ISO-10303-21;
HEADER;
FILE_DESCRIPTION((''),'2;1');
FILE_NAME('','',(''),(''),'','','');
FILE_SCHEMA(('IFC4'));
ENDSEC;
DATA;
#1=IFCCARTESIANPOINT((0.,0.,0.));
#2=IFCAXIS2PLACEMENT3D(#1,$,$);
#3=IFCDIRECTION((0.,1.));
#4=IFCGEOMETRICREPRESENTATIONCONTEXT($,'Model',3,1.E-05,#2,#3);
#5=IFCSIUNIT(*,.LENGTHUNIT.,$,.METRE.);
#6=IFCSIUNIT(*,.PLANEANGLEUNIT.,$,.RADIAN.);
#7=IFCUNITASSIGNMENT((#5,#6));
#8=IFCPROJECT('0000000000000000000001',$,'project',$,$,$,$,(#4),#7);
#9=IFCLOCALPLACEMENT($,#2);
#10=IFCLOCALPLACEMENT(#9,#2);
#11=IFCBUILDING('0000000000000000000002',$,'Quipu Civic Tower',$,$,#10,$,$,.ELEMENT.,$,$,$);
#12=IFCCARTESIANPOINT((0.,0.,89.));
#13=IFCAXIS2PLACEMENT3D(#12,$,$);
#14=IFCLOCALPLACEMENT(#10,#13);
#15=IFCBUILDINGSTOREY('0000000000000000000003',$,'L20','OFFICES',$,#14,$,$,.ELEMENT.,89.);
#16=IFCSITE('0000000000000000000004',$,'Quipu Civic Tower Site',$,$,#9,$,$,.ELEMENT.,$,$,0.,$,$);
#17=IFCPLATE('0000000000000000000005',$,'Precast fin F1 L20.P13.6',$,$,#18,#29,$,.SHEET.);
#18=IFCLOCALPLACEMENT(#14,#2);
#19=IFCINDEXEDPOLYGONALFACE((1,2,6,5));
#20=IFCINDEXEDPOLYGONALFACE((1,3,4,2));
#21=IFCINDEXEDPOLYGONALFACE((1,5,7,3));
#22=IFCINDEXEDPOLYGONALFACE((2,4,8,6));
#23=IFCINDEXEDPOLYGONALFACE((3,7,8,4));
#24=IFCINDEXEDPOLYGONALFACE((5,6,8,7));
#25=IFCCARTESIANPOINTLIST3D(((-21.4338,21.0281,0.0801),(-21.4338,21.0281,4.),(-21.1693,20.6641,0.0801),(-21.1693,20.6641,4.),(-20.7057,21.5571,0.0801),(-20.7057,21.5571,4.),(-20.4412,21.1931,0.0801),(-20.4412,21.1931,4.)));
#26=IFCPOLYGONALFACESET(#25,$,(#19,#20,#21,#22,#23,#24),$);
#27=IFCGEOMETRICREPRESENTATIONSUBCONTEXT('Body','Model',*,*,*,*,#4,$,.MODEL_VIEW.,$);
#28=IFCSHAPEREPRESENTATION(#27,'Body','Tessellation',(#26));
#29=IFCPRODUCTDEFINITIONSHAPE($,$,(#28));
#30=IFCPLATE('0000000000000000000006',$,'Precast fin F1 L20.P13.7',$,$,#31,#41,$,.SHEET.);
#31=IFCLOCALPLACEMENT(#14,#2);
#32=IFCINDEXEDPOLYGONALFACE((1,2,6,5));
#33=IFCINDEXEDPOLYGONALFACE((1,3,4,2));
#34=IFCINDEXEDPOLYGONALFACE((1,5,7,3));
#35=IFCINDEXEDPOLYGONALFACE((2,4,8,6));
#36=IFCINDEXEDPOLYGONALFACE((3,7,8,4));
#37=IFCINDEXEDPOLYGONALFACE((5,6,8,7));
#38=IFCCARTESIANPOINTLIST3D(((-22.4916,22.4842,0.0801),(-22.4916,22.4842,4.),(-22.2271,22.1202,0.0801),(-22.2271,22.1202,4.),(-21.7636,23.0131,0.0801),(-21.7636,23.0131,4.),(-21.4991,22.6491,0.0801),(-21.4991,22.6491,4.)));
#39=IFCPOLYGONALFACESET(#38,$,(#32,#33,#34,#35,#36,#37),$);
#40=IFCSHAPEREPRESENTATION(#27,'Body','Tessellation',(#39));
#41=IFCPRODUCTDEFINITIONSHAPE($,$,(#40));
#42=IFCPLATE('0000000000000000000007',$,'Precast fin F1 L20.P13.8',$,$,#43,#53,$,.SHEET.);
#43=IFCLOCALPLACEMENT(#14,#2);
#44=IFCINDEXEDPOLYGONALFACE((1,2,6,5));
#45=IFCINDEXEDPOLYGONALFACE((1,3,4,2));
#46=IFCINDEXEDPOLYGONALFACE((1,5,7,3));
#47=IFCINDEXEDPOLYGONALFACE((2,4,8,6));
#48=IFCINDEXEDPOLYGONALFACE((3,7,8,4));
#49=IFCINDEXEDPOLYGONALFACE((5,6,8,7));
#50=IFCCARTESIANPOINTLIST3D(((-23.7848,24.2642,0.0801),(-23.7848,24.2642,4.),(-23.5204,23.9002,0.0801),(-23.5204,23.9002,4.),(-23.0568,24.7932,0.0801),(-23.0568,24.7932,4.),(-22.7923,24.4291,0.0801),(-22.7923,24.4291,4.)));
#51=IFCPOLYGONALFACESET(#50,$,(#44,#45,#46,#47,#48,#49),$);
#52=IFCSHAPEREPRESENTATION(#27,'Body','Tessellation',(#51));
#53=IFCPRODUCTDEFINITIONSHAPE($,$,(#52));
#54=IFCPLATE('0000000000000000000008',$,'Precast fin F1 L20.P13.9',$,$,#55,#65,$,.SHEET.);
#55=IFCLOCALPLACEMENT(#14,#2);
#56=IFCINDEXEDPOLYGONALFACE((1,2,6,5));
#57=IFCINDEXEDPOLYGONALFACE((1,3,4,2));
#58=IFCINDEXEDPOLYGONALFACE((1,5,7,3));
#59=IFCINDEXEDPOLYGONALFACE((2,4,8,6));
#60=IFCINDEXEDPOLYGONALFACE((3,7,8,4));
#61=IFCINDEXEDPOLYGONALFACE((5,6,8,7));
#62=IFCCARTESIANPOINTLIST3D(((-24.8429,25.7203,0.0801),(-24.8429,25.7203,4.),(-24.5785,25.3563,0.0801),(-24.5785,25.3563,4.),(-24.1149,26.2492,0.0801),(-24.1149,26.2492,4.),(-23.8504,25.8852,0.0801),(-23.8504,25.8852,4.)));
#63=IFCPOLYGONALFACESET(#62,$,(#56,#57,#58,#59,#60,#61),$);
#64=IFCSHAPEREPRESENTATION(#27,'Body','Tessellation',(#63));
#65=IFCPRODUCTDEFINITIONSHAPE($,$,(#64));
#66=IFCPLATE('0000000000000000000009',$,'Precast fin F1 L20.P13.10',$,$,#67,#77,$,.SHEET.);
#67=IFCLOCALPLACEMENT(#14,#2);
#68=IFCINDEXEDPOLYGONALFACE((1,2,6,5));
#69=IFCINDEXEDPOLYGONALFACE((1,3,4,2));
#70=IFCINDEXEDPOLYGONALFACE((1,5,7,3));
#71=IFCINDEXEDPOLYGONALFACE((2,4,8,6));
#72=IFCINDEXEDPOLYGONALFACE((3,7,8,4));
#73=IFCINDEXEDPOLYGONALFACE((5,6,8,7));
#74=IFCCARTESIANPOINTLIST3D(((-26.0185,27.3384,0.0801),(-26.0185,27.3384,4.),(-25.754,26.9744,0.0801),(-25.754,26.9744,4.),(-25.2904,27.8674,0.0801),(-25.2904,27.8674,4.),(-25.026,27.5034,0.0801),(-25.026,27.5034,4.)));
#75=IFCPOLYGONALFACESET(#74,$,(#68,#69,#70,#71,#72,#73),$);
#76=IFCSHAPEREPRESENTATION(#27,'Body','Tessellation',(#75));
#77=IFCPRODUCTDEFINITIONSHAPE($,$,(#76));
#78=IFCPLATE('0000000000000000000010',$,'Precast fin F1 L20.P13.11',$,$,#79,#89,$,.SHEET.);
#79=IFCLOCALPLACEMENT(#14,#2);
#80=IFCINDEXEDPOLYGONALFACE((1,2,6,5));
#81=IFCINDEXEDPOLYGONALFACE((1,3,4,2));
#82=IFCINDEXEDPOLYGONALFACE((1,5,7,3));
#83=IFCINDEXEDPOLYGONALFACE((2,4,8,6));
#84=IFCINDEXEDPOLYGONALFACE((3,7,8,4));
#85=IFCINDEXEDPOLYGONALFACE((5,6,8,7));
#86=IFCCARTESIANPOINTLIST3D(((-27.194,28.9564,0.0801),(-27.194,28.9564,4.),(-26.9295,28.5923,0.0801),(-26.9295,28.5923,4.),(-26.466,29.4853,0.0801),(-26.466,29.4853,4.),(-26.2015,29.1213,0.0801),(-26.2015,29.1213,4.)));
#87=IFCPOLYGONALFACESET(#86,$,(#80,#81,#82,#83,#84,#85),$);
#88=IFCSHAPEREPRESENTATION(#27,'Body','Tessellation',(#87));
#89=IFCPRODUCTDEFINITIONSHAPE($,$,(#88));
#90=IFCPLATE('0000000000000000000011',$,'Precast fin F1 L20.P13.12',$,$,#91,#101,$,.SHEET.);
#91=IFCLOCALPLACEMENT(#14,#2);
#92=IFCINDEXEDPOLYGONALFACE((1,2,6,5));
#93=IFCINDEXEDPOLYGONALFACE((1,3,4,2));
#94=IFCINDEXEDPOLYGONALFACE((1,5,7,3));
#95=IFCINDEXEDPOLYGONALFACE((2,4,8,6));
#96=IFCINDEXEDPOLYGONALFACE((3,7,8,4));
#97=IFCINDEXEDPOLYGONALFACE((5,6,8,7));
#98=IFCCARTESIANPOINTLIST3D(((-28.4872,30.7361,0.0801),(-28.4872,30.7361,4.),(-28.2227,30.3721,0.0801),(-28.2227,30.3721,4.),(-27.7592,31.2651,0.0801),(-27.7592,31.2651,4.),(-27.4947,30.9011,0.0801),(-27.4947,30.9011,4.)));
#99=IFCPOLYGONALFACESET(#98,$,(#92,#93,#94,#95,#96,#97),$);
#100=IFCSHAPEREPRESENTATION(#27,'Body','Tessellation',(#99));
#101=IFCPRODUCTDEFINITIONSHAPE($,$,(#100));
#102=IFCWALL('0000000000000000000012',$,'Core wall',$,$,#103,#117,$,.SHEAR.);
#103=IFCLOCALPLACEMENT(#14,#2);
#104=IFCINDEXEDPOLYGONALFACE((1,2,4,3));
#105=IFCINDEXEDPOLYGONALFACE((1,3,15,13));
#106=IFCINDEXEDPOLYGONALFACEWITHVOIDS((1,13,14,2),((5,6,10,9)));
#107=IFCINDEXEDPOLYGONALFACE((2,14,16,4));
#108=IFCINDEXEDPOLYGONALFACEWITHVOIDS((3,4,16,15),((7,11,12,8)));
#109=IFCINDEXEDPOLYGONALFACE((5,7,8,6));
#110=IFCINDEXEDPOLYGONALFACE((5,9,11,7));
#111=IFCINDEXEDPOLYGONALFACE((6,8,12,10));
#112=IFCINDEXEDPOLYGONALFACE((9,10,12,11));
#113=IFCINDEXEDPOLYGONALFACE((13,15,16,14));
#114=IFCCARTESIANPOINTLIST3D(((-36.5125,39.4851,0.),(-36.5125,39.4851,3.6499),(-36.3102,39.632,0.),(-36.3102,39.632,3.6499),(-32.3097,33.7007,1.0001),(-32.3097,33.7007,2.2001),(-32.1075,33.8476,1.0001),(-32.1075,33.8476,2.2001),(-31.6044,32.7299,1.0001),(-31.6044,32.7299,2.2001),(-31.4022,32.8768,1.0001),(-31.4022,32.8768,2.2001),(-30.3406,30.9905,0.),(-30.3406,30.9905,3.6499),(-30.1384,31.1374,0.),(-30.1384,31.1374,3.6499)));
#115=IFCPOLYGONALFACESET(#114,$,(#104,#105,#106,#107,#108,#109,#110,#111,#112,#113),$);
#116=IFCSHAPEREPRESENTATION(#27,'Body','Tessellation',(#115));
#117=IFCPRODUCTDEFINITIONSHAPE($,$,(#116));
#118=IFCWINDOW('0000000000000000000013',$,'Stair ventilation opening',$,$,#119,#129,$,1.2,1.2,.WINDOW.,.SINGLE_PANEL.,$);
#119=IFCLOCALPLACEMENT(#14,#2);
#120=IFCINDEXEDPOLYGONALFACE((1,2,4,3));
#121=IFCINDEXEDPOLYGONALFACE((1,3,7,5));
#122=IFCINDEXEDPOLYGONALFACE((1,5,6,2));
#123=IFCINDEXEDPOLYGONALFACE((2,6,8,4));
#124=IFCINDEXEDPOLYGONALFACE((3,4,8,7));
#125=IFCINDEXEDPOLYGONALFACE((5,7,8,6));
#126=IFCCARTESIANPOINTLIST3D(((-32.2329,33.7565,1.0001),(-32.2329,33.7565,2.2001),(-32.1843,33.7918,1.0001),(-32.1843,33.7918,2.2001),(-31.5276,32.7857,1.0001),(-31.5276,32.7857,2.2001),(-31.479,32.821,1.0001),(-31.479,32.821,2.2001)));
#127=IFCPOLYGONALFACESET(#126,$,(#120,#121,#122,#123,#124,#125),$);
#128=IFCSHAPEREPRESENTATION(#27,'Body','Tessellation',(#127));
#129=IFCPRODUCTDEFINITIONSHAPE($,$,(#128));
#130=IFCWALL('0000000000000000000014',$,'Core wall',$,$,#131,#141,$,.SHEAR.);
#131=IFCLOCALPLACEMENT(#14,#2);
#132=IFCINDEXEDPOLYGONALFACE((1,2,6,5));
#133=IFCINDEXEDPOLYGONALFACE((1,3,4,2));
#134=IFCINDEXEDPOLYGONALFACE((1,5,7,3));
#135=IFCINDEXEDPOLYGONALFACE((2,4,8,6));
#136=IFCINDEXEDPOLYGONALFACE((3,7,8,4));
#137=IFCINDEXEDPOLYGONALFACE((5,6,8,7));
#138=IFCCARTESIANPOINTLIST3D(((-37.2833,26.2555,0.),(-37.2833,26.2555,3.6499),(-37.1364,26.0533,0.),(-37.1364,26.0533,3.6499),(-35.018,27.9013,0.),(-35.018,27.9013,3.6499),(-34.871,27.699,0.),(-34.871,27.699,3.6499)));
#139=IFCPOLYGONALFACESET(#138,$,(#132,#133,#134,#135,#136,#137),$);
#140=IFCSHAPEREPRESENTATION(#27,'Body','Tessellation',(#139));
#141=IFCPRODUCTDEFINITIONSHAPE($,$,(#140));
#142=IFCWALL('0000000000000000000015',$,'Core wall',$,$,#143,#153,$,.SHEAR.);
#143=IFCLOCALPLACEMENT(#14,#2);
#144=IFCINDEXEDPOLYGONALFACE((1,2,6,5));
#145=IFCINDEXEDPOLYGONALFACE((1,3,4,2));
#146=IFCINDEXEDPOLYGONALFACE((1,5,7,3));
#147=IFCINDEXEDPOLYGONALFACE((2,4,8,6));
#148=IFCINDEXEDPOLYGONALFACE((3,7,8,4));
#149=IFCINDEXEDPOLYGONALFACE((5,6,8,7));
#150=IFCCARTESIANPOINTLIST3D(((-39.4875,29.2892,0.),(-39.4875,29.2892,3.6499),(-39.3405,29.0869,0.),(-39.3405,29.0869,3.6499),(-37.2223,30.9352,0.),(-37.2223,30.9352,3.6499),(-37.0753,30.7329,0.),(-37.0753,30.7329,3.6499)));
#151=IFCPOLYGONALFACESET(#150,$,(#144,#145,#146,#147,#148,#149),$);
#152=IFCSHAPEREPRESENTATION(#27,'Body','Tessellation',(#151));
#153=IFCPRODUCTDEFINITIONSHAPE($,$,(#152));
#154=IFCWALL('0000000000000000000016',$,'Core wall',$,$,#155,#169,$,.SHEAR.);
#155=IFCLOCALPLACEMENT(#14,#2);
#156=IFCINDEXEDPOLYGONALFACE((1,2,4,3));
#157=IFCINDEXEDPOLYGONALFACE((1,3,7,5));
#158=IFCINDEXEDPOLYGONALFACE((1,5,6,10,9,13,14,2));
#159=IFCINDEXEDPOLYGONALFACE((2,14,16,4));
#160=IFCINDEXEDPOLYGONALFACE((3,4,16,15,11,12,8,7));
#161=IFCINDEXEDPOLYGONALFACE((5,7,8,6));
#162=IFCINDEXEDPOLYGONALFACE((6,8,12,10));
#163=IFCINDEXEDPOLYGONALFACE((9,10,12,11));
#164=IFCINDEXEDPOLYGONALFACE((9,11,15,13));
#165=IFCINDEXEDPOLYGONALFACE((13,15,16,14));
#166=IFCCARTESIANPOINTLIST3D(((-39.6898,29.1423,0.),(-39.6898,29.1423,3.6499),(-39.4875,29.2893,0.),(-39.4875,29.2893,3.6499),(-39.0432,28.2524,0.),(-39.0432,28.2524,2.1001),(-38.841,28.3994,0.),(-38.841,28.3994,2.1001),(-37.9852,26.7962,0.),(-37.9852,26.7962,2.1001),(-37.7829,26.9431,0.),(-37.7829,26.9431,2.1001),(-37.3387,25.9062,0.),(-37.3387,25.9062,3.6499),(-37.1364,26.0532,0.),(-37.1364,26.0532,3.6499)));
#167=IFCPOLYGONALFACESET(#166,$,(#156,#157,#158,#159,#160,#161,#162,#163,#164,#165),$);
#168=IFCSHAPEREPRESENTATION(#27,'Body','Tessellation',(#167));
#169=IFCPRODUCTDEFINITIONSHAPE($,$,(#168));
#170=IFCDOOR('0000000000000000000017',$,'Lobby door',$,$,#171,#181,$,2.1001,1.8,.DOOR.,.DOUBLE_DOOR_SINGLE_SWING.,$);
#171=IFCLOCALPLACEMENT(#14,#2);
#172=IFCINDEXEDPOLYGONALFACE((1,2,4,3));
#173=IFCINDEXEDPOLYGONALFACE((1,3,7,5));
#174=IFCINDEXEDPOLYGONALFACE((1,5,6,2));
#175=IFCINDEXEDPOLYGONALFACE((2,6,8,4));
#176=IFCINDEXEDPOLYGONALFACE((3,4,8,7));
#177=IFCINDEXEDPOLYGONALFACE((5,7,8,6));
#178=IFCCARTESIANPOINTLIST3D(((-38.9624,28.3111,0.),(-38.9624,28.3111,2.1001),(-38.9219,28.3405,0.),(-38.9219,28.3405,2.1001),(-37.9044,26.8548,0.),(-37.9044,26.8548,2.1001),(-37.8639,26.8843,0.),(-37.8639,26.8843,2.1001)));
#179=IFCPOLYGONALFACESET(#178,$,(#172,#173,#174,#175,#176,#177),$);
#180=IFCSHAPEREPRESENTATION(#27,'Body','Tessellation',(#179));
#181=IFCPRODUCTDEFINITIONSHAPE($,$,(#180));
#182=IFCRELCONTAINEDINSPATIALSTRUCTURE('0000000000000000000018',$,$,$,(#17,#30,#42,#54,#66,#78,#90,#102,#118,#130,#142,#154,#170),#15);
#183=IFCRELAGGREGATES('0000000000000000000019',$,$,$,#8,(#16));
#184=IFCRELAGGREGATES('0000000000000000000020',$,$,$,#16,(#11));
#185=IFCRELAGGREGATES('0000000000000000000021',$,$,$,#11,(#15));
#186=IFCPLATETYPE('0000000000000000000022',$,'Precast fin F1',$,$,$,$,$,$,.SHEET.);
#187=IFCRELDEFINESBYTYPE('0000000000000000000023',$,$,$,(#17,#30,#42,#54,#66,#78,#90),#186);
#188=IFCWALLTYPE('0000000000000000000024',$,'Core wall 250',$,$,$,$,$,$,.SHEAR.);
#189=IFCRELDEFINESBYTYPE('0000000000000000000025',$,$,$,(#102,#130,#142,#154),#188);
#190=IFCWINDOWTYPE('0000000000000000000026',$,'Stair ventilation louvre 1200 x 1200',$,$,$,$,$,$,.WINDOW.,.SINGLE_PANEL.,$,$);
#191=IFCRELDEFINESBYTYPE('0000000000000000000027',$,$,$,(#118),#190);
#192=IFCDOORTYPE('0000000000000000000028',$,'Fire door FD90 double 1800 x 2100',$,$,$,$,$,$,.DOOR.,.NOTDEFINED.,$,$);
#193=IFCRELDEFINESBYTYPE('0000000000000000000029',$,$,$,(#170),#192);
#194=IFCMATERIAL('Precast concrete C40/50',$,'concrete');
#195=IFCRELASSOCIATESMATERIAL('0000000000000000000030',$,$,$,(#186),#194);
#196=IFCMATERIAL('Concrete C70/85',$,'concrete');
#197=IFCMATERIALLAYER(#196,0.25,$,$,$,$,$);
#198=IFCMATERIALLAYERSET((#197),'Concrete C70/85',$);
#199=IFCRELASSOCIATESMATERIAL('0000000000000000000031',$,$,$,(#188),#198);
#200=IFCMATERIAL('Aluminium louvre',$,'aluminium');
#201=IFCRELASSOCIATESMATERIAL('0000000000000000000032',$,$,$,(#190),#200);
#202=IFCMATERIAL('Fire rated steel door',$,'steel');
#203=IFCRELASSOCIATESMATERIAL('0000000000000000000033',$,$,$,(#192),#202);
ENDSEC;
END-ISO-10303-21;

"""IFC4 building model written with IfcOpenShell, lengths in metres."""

from ifc_helpers import new_model, si_unit, direction, frame, frame_2d, origin, origin_2d, place, context, subcontext, project, spatial, rectangle, extrude, material, layer, layer_set, type_object, element, fill, save


model = new_model("IFC4")

# Units and contexts
model_context = context("Model", 3, precision=1e-05, world=origin(), true_north=direction((0.0, 1.0)))
body_context = subcontext(model_context, "Body", "Model", "MODEL_VIEW")
ifc_project = project(units=[si_unit("LENGTHUNIT", "METRE"), si_unit("PLANEANGLEUNIT", "RADIAN")], contexts=[model_context])

# Site, building, storey
site_placement = place(None, origin())
site = spatial("IfcSite", under=ifc_project, at=site_placement, Name="Quipu Civic Tower Site", CompositionType="ELEMENT", RefElevation=0.0)
building_placement = place(site_placement, origin())
building = spatial("IfcBuilding", under=site, at=building_placement, Name="Quipu Civic Tower", CompositionType="ELEMENT")
storey_placement = place(building_placement, frame((0.0, 0.0, 89.0)))
storey = spatial("IfcBuildingStorey", under=building, at=storey_placement, Name="L20", Description="OFFICES", CompositionType="ELEMENT", Elevation=89.0)

# Plates
ifc_material_1 = material(Name="Precast concrete C40/50", Category="concrete")
plate_type_1 = type_object("IfcPlateType", Name="Precast fin F1", PredefinedType="SHEET", material=ifc_material_1)
for number, where, z_axis, x_axis, name in (
    (1, (-20.9375, 21.1106, 0.0801), (0.0, 0.0, 1.0), (-0.587785, 0.809017, 0.0), "Precast fin F1 L20.P13.6"),
    (2, (-21.9954, 22.5667, 0.0801), (0.0, 0.0, 1.0), (-0.587785, 0.809017, 0.0), "Precast fin F1 L20.P13.7"),
    (3, (-23.2886, 24.3467, 0.0801), (0.0, 0.0, 1.0), (-0.587785, 0.809017, 0.0), "Precast fin F1 L20.P13.8"),
    (4, (-24.3467, 25.8027, 0.0801), (0.0, 0.0, 1.0), (-0.587785, 0.809017, 0.0), "Precast fin F1 L20.P13.9"),
    (5, (-25.5222, 27.4209, 0.0801), (0.0, 0.0, 1.0), (-0.587785, 0.809017, 0.0), "Precast fin F1 L20.P13.10"),
    (6, (-26.6978, 29.0388, 0.0801), (0.0, 0.0, 1.0), (-0.587785, 0.809017, 0.0), "Precast fin F1 L20.P13.11"),
    (7, (-27.991, 30.8186, 0.0801), (0.0, 0.0, 1.0), (-0.587785, 0.809017, 0.0), "Precast fin F1 L20.P13.12"),
):
    element("IfcPlate", number, at=place(storey_placement, frame(where, z_axis=z_axis, x_axis=x_axis)), inside=storey, type_object=plate_type_1, Name=name, PredefinedType="SHEET", context=body_context, shape_type="SweptSolid", body=[
        extrude(rectangle(XDim=0.45, YDim=0.8999, at=origin_2d()), origin(), (0.0, 0.0, 1.0), 3.9199),
    ])

# Wall, opening, window
ifc_material_2 = material(Name="Concrete C70/85", Category="concrete")
ifc_layer_1 = layer(ifc_material_2, 0.25)
ifc_layer_set_1 = layer_set([ifc_layer_1], Name="Concrete C70/85")
wall_type_1 = type_object("IfcWallType", Name="Core wall 250", PredefinedType="SHEAR", material=ifc_layer_set_1)
wall_1_placement = place(storey_placement, frame((-30.2395, 31.064, 0.0), z_axis=(0.0, 0.0, 1.0), x_axis=(-0.587796, 0.809009, 0.0)))
wall_1 = element("IfcWall", 8, at=wall_1_placement, inside=storey, type_object=wall_type_1, Name="Core wall", PredefinedType="SHEAR", context=body_context, shape_type="SweptSolid", body=[
    extrude(rectangle(XDim=10.5, YDim=0.25, at=frame_2d((5.25, 0.0))), origin(), (0.0, 0.0, 1.0), 3.6499),
])
opening_1_placement = place(wall_1_placement, frame((2.1499, 0.0, 1.0)))
opening_1 = element("IfcOpeningElement", 9, at=opening_1_placement, cuts=wall_1, PredefinedType="OPENING", context=body_context, shape_type="SweptSolid", body=[
    extrude(rectangle(XDim=1.2, YDim=1.2, at=frame_2d((0.6001, 0.6001))), frame((0.0, 0.135, 0.0), z_axis=(0.0, -1.0, 0.0), x_axis=(1.0, 0.0, 0.0)), (0.0, 0.0, 1.0), 0.27),
])
ifc_material_3 = material(Name="Aluminium louvre", Category="aluminium")
window_type = type_object("IfcWindowType", Name="Stair ventilation louvre 1200 x 1200", PartitioningType="SINGLE_PANEL", PredefinedType="WINDOW", material=ifc_material_3)
window_placement = place(opening_1_placement, origin())
window = element("IfcWindow", 10, at=window_placement, inside=storey, type_object=window_type, Name="Stair ventilation opening", OverallHeight=1.2, OverallWidth=1.2, PartitioningType="SINGLE_PANEL", PredefinedType="WINDOW", context=body_context, shape_type="SweptSolid", body=[
    extrude(rectangle(XDim=1.2, YDim=1.2, at=frame_2d((0.6001, 0.6001))), frame((0.0, 0.03, 0.0), z_axis=(0.0, -1.0, 0.0), x_axis=(1.0, 0.0, 0.0)), (0.0, 0.0, 1.0), 0.0601),
])
fill(opening_1, window)

# Walls
for number, where, z_axis, x_axis, name in (
    (11, (-34.9446, 27.8, 0.0), (0.0, 0.0, 1.0), (-0.809041, -0.587752, 0.0), "Core wall"),
    (12, (-37.1489, 30.834, 0.0), (0.0, 0.0, 1.0), (-0.80897, -0.58785, 0.0), "Core wall"),
):
    element("IfcWall", number, at=place(storey_placement, frame(where, z_axis=z_axis, x_axis=x_axis)), inside=storey, type_object=wall_type_1, Name=name, PredefinedType="SHEAR", context=body_context, shape_type="SweptSolid", body=[
        extrude(rectangle(XDim=2.8, YDim=0.25, at=frame_2d((1.3999, 0.0))), origin(), (0.0, 0.0, 1.0), 3.6499),
    ])

# Wall, opening, door
wall_2_placement = place(storey_placement, frame((-39.5886, 29.2158, 0.0), z_axis=(0.0, 0.0, 1.0), x_axis=(0.587772, -0.809026, 0.0)))
wall_2 = element("IfcWall", 13, at=wall_2_placement, inside=storey, type_object=wall_type_1, Name="Core wall", PredefinedType="SHEAR", context=body_context, shape_type="SweptSolid", body=[
    extrude(rectangle(XDim=4.0, YDim=0.25, at=frame_2d((2.0, 0.0))), origin(), (0.0, 0.0, 1.0), 3.6499),
])
opening_2_placement = place(wall_2_placement, frame((1.1001, 0.0, 0.0)))
opening_2 = element("IfcOpeningElement", 14, at=opening_2_placement, cuts=wall_2, PredefinedType="OPENING", context=body_context, shape_type="SweptSolid", body=[
    extrude(rectangle(XDim=1.8, YDim=2.1001, at=frame_2d((0.8999, 1.05))), frame((0.0, 0.135, 0.0), z_axis=(0.0, -1.0, 0.0), x_axis=(1.0, 0.0, 0.0)), (0.0, 0.0, 1.0), 0.27),
])
ifc_material_4 = material(Name="Fire rated steel door", Category="steel")
door_type_1 = type_object("IfcDoorType", Name="Fire door FD90 double 1800 x 2100", OperationType="NOTDEFINED", PredefinedType="DOOR", material=ifc_material_4)
door_1_placement = place(opening_2_placement, origin())
door_1 = element("IfcDoor", 15, at=door_1_placement, inside=storey, type_object=door_type_1, Name="Lobby door", OperationType="DOUBLE_DOOR_SINGLE_SWING", OverallHeight=2.1001, OverallWidth=1.8, PredefinedType="DOOR", context=body_context, shape_type="SweptSolid", body=[
    extrude(rectangle(XDim=1.8, YDim=2.1001, at=frame_2d((0.8999, 1.05))), frame((0.0, 0.0249, 0.0), z_axis=(0.0, -1.0, 0.0), x_axis=(1.0, 0.0, 0.0)), (0.0, 0.0, 1.0), 0.05),
])
fill(opening_2, door_1)

save(model, "model.ifc")
